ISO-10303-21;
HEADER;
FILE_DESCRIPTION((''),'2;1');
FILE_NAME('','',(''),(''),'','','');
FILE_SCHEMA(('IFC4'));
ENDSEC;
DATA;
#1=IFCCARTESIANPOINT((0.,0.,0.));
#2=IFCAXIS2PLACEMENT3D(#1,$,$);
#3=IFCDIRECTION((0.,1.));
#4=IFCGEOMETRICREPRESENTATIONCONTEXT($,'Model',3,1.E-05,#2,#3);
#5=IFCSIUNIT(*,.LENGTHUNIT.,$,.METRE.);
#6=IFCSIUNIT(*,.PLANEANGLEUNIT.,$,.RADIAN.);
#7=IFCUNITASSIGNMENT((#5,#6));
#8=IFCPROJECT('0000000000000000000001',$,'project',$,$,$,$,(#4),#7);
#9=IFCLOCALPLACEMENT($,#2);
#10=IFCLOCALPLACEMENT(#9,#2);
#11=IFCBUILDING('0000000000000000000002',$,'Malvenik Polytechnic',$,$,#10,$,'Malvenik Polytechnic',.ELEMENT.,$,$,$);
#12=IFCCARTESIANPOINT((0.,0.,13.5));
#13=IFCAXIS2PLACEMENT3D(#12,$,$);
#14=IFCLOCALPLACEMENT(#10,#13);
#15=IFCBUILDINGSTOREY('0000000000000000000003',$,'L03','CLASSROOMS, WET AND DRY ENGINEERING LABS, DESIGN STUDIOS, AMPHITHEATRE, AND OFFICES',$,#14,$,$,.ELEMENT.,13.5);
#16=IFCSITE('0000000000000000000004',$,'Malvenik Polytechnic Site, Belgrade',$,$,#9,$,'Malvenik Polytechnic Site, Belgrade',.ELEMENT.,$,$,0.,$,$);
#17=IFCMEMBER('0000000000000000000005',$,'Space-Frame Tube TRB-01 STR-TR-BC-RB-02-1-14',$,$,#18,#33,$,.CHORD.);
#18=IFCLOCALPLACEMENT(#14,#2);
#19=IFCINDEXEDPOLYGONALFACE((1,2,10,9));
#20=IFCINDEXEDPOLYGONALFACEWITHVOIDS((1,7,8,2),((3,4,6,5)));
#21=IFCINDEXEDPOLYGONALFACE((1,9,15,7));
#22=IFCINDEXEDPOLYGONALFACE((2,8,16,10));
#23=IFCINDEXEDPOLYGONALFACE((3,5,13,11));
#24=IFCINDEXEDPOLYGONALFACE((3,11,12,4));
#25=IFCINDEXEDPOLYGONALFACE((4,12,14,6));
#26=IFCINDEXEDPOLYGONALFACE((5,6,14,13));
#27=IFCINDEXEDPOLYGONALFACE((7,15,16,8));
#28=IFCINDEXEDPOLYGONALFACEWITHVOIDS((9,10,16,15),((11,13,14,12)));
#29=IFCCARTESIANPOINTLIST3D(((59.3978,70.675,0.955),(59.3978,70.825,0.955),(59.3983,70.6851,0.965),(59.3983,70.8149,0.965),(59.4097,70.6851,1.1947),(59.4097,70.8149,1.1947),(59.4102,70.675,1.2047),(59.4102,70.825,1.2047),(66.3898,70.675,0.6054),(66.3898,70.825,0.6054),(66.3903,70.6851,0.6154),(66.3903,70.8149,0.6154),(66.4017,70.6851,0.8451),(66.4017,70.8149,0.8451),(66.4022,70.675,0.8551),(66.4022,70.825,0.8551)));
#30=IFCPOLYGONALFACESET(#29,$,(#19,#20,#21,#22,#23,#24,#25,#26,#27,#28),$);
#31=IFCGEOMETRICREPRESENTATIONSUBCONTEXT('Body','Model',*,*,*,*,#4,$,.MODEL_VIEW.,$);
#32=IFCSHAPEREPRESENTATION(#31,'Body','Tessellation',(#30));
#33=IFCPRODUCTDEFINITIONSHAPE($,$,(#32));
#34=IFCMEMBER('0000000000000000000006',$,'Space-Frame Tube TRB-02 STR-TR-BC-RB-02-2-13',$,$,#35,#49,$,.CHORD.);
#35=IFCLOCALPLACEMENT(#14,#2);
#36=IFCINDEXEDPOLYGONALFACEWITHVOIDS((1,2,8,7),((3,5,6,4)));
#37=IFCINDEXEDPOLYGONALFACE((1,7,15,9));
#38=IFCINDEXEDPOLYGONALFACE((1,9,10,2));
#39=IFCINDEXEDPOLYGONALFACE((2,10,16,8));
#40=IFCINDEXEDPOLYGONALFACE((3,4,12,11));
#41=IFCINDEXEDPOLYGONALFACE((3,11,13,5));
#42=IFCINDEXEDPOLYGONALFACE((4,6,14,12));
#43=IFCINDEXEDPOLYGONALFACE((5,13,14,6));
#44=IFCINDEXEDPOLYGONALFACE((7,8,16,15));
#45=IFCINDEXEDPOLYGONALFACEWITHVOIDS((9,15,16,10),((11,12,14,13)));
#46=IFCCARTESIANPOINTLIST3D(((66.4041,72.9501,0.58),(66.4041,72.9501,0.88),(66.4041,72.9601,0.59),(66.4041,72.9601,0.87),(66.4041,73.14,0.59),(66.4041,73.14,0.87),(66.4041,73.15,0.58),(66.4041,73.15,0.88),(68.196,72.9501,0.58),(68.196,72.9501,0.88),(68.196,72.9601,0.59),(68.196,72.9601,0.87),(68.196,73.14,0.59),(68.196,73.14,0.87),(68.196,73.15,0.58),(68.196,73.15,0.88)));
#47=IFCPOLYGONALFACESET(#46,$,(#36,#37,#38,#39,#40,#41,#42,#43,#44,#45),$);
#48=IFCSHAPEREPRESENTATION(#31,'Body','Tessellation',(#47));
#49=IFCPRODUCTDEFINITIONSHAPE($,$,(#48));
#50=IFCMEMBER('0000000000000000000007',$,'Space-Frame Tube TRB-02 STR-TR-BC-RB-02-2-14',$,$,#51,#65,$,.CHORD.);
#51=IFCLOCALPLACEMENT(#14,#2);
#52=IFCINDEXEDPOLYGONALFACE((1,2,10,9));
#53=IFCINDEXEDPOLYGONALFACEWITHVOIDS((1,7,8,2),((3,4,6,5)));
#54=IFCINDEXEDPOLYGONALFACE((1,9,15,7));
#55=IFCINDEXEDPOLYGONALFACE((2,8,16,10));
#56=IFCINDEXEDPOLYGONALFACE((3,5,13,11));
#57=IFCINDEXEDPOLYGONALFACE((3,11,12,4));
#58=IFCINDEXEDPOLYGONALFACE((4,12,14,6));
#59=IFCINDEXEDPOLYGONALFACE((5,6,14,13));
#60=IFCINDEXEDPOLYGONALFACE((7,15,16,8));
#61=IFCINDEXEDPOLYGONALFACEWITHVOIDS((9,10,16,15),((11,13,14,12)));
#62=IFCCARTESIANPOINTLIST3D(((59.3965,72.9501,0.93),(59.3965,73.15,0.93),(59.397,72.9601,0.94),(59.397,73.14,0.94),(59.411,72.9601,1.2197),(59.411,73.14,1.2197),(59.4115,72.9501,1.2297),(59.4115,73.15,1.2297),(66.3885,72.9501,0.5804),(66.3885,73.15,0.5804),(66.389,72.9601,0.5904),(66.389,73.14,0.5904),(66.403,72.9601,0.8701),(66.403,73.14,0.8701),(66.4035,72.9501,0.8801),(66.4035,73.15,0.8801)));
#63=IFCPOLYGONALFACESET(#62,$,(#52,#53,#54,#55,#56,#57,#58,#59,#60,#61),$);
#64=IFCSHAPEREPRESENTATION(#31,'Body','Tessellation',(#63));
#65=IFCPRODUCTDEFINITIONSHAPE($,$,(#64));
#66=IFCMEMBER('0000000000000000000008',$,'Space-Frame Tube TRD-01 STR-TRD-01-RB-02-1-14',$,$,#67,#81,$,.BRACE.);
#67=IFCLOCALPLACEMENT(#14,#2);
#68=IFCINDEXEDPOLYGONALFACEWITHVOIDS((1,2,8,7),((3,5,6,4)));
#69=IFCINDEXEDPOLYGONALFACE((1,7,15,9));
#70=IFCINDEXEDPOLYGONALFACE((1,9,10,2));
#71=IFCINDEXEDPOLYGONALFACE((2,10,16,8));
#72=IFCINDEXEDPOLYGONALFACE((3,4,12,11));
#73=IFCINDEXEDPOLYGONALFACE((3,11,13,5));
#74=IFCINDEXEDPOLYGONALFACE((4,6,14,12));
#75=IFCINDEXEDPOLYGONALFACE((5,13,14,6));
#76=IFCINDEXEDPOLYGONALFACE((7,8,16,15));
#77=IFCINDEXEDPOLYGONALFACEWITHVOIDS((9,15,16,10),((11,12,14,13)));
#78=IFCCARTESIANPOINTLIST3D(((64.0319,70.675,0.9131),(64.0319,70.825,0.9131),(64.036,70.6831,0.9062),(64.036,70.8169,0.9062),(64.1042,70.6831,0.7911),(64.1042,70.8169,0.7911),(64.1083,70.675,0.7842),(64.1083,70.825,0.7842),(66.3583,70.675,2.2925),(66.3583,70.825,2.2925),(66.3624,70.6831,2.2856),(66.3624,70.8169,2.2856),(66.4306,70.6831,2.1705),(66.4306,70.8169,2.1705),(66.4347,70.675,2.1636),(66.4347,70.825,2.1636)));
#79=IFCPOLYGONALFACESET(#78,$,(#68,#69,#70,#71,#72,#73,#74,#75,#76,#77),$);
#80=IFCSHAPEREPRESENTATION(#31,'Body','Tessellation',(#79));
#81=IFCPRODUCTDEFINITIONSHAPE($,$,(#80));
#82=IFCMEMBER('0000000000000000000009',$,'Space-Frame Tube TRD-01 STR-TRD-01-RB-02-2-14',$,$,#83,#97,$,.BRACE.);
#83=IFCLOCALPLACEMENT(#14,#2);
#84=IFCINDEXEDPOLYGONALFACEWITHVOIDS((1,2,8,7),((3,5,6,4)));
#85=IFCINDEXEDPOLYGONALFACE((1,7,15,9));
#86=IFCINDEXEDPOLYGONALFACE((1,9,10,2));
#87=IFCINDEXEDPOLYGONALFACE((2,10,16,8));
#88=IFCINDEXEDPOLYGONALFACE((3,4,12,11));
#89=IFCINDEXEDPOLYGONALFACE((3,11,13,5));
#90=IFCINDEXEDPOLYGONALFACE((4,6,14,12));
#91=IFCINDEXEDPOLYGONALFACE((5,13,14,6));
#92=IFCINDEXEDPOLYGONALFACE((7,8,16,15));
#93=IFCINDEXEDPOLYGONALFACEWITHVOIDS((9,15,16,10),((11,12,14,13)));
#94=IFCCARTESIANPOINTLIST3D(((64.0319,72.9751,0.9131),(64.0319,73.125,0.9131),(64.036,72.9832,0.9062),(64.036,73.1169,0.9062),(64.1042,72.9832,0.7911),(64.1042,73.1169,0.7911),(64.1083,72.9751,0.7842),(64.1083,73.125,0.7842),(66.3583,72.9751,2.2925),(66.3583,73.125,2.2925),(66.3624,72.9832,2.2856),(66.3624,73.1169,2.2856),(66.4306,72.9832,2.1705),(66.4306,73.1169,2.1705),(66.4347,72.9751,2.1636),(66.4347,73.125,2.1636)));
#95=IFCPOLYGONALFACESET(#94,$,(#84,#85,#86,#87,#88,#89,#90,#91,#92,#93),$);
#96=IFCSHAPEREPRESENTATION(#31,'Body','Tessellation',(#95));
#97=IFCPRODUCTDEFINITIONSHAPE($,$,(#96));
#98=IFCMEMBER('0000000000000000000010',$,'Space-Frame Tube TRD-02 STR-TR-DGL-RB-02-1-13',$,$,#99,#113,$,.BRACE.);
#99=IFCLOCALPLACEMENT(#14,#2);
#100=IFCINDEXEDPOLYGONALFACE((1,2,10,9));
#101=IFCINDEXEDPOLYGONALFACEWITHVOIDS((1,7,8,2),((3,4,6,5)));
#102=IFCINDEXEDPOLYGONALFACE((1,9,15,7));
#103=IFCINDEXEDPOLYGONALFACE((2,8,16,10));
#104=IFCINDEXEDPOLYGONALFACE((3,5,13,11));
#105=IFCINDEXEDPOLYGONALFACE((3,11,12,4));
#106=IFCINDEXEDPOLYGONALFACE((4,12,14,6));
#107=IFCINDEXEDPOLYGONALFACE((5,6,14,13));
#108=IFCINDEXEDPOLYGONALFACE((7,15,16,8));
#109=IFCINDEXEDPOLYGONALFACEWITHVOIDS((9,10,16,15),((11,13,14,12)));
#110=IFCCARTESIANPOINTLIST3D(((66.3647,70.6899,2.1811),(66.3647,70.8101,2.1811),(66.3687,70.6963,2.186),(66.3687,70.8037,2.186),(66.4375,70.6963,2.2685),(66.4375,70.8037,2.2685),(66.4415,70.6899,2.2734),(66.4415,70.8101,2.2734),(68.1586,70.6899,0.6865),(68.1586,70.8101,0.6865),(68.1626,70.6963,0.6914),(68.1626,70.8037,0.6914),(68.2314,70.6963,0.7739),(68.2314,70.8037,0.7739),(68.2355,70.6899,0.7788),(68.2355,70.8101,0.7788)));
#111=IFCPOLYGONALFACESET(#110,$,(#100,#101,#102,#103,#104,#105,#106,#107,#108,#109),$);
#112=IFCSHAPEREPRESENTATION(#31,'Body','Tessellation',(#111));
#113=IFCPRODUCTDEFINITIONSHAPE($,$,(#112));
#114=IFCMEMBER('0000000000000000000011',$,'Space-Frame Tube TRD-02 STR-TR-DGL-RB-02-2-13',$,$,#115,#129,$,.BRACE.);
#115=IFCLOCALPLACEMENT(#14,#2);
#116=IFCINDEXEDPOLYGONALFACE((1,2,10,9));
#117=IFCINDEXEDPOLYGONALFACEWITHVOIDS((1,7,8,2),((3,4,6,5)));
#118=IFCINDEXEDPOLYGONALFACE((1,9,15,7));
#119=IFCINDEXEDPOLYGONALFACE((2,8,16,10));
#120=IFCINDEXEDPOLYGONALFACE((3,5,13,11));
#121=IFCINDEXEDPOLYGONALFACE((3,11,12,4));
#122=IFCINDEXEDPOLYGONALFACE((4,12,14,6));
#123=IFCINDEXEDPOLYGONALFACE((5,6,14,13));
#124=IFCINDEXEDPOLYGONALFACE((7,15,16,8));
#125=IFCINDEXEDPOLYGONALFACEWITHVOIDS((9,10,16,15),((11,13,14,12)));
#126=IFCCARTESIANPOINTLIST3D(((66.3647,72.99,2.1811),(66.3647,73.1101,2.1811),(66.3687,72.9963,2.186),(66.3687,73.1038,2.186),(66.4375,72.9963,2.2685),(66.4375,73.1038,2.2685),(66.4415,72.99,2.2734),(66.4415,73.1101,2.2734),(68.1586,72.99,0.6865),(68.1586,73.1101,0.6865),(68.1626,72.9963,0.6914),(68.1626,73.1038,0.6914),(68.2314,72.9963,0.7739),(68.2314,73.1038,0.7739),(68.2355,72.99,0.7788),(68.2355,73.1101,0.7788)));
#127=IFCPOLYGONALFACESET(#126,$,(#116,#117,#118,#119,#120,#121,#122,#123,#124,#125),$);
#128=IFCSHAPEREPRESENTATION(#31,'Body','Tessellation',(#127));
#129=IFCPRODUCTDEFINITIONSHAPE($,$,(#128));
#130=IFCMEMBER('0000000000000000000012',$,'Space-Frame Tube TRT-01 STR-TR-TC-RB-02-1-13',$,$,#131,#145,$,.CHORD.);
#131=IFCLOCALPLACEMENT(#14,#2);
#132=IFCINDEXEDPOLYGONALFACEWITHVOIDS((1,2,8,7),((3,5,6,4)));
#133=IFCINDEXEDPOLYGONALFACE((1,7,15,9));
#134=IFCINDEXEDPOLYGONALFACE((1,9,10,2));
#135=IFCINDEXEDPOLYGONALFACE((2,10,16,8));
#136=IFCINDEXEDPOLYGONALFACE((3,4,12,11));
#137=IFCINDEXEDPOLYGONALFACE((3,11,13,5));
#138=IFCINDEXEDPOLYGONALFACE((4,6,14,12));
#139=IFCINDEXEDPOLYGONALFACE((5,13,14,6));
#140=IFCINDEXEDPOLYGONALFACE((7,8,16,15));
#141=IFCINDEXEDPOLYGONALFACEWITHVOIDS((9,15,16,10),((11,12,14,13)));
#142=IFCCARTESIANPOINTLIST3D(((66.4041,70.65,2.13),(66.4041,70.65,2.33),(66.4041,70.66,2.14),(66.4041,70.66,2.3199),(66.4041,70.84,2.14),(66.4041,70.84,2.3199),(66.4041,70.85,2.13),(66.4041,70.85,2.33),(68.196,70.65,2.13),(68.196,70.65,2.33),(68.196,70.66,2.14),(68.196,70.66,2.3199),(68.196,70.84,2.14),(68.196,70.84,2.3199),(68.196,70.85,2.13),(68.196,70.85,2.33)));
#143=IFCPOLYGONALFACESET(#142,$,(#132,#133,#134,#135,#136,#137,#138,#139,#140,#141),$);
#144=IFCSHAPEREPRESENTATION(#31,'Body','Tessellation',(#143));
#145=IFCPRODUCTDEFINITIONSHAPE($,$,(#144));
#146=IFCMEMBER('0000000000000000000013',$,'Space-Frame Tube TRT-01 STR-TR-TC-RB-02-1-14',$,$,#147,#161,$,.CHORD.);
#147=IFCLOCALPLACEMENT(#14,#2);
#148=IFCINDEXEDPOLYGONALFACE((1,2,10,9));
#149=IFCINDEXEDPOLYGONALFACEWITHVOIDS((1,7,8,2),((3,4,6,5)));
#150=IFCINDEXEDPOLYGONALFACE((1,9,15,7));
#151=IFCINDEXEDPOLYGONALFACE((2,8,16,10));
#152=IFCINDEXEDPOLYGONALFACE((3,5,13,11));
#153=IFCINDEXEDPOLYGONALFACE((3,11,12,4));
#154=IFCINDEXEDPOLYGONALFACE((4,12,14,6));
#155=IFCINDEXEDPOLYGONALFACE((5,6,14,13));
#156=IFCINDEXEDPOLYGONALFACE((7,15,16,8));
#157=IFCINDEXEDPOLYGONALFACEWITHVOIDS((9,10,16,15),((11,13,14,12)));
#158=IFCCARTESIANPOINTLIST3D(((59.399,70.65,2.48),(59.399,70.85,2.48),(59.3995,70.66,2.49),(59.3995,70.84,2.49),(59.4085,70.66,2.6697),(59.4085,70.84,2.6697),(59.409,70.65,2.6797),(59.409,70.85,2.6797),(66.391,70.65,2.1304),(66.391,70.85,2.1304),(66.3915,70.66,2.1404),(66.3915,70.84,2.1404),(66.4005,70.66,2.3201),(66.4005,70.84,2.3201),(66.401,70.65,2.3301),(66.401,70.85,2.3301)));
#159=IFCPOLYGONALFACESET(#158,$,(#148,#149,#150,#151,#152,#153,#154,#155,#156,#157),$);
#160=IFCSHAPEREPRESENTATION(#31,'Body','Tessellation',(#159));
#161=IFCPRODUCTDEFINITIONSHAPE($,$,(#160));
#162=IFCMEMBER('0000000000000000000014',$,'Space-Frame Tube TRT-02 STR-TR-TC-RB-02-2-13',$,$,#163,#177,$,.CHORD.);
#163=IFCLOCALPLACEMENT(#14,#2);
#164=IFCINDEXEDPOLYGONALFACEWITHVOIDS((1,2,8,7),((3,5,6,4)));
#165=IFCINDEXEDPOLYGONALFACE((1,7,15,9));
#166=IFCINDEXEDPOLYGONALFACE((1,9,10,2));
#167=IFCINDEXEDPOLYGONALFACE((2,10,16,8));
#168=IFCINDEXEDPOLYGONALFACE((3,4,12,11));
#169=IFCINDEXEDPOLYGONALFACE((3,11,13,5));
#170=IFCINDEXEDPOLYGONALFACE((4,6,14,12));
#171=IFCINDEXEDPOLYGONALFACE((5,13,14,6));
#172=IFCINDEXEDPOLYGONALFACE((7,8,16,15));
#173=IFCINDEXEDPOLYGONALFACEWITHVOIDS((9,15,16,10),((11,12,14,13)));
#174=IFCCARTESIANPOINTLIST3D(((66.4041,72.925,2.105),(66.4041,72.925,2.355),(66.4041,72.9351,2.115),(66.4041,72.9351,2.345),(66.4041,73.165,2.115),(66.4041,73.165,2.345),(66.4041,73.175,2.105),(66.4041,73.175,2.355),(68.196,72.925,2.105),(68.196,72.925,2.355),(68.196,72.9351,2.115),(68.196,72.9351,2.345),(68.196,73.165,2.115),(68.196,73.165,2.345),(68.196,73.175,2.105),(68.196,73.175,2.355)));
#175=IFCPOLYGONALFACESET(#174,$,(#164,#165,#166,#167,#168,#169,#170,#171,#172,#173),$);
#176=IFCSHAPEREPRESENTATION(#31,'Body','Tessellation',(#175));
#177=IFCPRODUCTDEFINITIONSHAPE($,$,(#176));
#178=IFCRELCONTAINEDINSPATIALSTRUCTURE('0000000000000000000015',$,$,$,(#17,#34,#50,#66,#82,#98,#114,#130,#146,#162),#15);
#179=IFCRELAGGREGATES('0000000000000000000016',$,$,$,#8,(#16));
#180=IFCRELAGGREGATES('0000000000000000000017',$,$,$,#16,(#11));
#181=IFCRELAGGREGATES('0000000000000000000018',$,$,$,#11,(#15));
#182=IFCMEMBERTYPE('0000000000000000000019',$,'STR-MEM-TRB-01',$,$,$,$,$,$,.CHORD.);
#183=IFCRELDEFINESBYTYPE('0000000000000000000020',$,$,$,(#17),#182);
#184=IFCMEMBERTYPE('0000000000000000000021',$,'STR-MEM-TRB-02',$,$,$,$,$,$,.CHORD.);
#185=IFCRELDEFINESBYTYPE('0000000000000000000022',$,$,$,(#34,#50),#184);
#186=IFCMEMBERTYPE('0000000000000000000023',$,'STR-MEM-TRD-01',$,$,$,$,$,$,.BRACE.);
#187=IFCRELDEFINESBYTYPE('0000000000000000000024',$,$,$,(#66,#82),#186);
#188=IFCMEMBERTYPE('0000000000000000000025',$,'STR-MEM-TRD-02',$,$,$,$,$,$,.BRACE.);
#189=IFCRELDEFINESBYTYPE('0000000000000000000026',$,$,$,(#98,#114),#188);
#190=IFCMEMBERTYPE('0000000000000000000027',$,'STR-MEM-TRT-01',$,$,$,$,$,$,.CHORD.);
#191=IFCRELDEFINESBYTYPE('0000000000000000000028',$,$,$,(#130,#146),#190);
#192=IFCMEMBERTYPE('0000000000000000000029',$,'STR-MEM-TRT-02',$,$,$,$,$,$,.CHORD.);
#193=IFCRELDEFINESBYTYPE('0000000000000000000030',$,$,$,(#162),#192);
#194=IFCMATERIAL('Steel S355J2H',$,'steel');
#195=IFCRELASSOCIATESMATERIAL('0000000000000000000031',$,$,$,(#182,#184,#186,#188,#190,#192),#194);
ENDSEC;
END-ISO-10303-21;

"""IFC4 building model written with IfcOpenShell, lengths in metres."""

from ifc_helpers import new_model, si_unit, direction, frame, origin, origin_2d, place, context, subcontext, project, spatial, hollow_rectangle, extrude, material, material_profile, profile_set, type_object, element, save


model = new_model("IFC4")

# Units and contexts
model_context = context("Model", 3, precision=1e-05, world=origin(), true_north=direction((0.0, 1.0)))
body_context = subcontext(model_context, "Body", "Model", "MODEL_VIEW")
ifc_project = project(units=[si_unit("LENGTHUNIT", "METRE"), si_unit("PLANEANGLEUNIT", "RADIAN")], contexts=[model_context])

# Site, building, storey
site_placement = place(None, origin())
site = spatial("IfcSite", under=ifc_project, at=site_placement, Name="Malvenik Polytechnic Site, Belgrade", LongName="Malvenik Polytechnic Site, Belgrade", CompositionType="ELEMENT", RefElevation=0.0)
building_placement = place(site_placement, origin())
building = spatial("IfcBuilding", under=site, at=building_placement, Name="Malvenik Polytechnic", LongName="Malvenik Polytechnic", CompositionType="ELEMENT")
storey_placement = place(building_placement, frame((0.0, 0.0, 13.5)))
storey = spatial("IfcBuildingStorey", under=building, at=storey_placement, Name="L03", Description="CLASSROOMS, WET AND DRY ENGINEERING LABS, DESIGN STUDIOS, AMPHITHEATRE, AND OFFICES", CompositionType="ELEMENT", Elevation=13.5)

# Shared definitions
ifc_material_1 = material(Name="Steel S355J2H", Category="steel")

# Members
ifc_material_profile_1 = material_profile(ifc_material_1, hollow_rectangle(XDim=0.1499, YDim=0.25, WallThickness=0.01, at=origin_2d()), Name="RHS 250x150x10.0")
ifc_profile_set_1 = profile_set([ifc_material_profile_1], Name="Steel S355J2H")
member_type_1 = type_object("IfcMemberType", Name="STR-MEM-TRB-01", PredefinedType="CHORD", material=ifc_profile_set_1)
member_1_placement = place(storey_placement, frame((66.396, 70.75, 0.7302), z_axis=(-0.998752, 0.0, 0.049939), x_axis=(0.0, -1.0, 0.0)))
element("IfcMember", 1, at=member_1_placement, inside=storey, type_object=member_type_1, Name="Space-Frame Tube TRB-01 STR-TR-BC-RB-02-1-14", PredefinedType="CHORD", context=body_context, shape_type="SweptSolid", body=[
    extrude(hollow_rectangle(XDim=0.1499, YDim=0.25, WallThickness=0.01, at=origin_2d()), origin(), (0.0, 0.0, 1.0), 7.0007),
])
ifc_material_profile_2 = material_profile(ifc_material_1, hollow_rectangle(XDim=0.2, YDim=0.3, WallThickness=0.01, at=origin_2d()), Name="RHS 300x200x10.0")
ifc_profile_set_2 = profile_set([ifc_material_profile_2], Name="Steel S355J2H")
member_type_2 = type_object("IfcMemberType", Name="STR-MEM-TRB-02", PredefinedType="CHORD", material=ifc_profile_set_2)
member_2_placement = place(storey_placement, frame((68.196, 73.05, 0.73), z_axis=(-1.0, 0.0, 0.0), x_axis=(0.0, -1.0, 0.0)))
element("IfcMember", 2, at=member_2_placement, inside=storey, type_object=member_type_2, Name="Space-Frame Tube TRB-02 STR-TR-BC-RB-02-2-13", PredefinedType="CHORD", context=body_context, shape_type="SweptSolid", body=[
    extrude(hollow_rectangle(XDim=0.2, YDim=0.3, WallThickness=0.01, at=origin_2d()), origin(), (0.0, 0.0, 1.0), 1.792),
])
member_3_placement = place(storey_placement, frame((66.396, 73.05, 0.7302), z_axis=(-0.998752, 0.0, 0.049939), x_axis=(0.0, -1.0, 0.0)))
element("IfcMember", 3, at=member_3_placement, inside=storey, type_object=member_type_2, Name="Space-Frame Tube TRB-02 STR-TR-BC-RB-02-2-14", PredefinedType="CHORD", context=body_context, shape_type="SweptSolid", body=[
    extrude(hollow_rectangle(XDim=0.2, YDim=0.3, WallThickness=0.01, at=origin_2d()), origin(), (0.0, 0.0, 1.0), 7.0007),
])
ifc_material_profile_3 = material_profile(ifc_material_1, hollow_rectangle(XDim=0.1499, YDim=0.1499, WallThickness=0.0081, at=origin_2d()), Name="SHS 150x150x8.0")
ifc_profile_set_3 = profile_set([ifc_material_profile_3], Name="Steel S355J2H")
member_type_3 = type_object("IfcMemberType", Name="STR-MEM-TRD-01", PredefinedType="BRACE", material=ifc_profile_set_3)
for number, where, z_axis, x_axis, name in (
    (4, (66.3965, 70.75, 2.228), (-0.860165, 0.0, -0.510015), (0.0, -1.0, 0.0), "Space-Frame Tube TRD-01 STR-TRD-01-RB-02-1-14"),
    (5, (66.3965, 73.05, 2.228), (-0.860165, 0.0, -0.510015), (0.0, -1.0, 0.0), "Space-Frame Tube TRD-01 STR-TRD-01-RB-02-2-14"),
):
    element("IfcMember", number, at=place(storey_placement, frame(where, z_axis=z_axis, x_axis=x_axis)), inside=storey, type_object=member_type_3, Name=name, PredefinedType="BRACE", context=body_context, shape_type="SweptSolid", body=[
        extrude(hollow_rectangle(XDim=0.1499, YDim=0.1499, WallThickness=0.0081, at=origin_2d()), origin(), (0.0, 0.0, 1.0), 2.7046),
    ])
ifc_material_profile_4 = material_profile(ifc_material_1, hollow_rectangle(XDim=0.1201, YDim=0.1201, WallThickness=0.0063, at=origin_2d()), Name="SHS 120x120x6.3")
ifc_profile_set_4 = profile_set([ifc_material_profile_4], Name="Steel S355J2H")
member_type_4 = type_object("IfcMemberType", Name="STR-MEM-TRD-02", PredefinedType="BRACE", material=ifc_profile_set_4)
for number, where, z_axis, x_axis, name in (
    (6, (68.197, 70.75, 0.7327), (-0.76829, 0.0, 0.640102), (0.0, -1.0, 0.0), "Space-Frame Tube TRD-02 STR-TR-DGL-RB-02-1-13"),
    (7, (68.197, 73.05, 0.7327), (-0.76829, 0.0, 0.640102), (0.0, -1.0, 0.0), "Space-Frame Tube TRD-02 STR-TR-DGL-RB-02-2-13"),
):
    element("IfcMember", number, at=place(storey_placement, frame(where, z_axis=z_axis, x_axis=x_axis)), inside=storey, type_object=member_type_4, Name=name, PredefinedType="BRACE", context=body_context, shape_type="SweptSolid", body=[
        extrude(hollow_rectangle(XDim=0.1201, YDim=0.1201, WallThickness=0.0063, at=origin_2d()), origin(), (0.0, 0.0, 1.0), 2.335),
    ])
ifc_material_profile_5 = material_profile(ifc_material_1, hollow_rectangle(XDim=0.2, YDim=0.2, WallThickness=0.01, at=origin_2d()), Name="SHS 200x200x10.0")
ifc_profile_set_5 = profile_set([ifc_material_profile_5], Name="Steel S355J2H")
member_type_5 = type_object("IfcMemberType", Name="STR-MEM-TRT-01", PredefinedType="CHORD", material=ifc_profile_set_5)
member_4_placement = place(storey_placement, frame((68.196, 70.75, 2.23), z_axis=(-1.0, 0.0, 0.0), x_axis=(0.0, -1.0, 0.0)))
element("IfcMember", 8, at=member_4_placement, inside=storey, type_object=member_type_5, Name="Space-Frame Tube TRT-01 STR-TR-TC-RB-02-1-13", PredefinedType="CHORD", context=body_context, shape_type="SweptSolid", body=[
    extrude(hollow_rectangle(XDim=0.2, YDim=0.2, WallThickness=0.01, at=origin_2d()), origin(), (0.0, 0.0, 1.0), 1.792),
])
member_5_placement = place(storey_placement, frame((66.396, 70.75, 2.2302), z_axis=(-0.998752, 0.0, 0.049939), x_axis=(0.0, -1.0, 0.0)))
element("IfcMember", 9, at=member_5_placement, inside=storey, type_object=member_type_5, Name="Space-Frame Tube TRT-01 STR-TR-TC-RB-02-1-14", PredefinedType="CHORD", context=body_context, shape_type="SweptSolid", body=[
    extrude(hollow_rectangle(XDim=0.2, YDim=0.2, WallThickness=0.01, at=origin_2d()), origin(), (0.0, 0.0, 1.0), 7.0007),
])
ifc_material_profile_6 = material_profile(ifc_material_1, hollow_rectangle(XDim=0.25, YDim=0.25, WallThickness=0.01, at=origin_2d()), Name="SHS 250x250x10.0")
ifc_profile_set_6 = profile_set([ifc_material_profile_6], Name="Steel S355J2H")
member_type_6 = type_object("IfcMemberType", Name="STR-MEM-TRT-02", PredefinedType="CHORD", material=ifc_profile_set_6)
member_6_placement = place(storey_placement, frame((68.196, 73.05, 2.23), z_axis=(-1.0, 0.0, 0.0), x_axis=(0.0, -1.0, 0.0)))
element("IfcMember", 10, at=member_6_placement, inside=storey, type_object=member_type_6, Name="Space-Frame Tube TRT-02 STR-TR-TC-RB-02-2-13", PredefinedType="CHORD", context=body_context, shape_type="SweptSolid", body=[
    extrude(hollow_rectangle(XDim=0.25, YDim=0.25, WallThickness=0.01, at=origin_2d()), origin(), (0.0, 0.0, 1.0), 1.792),
])

save(model, "model.ifc")
